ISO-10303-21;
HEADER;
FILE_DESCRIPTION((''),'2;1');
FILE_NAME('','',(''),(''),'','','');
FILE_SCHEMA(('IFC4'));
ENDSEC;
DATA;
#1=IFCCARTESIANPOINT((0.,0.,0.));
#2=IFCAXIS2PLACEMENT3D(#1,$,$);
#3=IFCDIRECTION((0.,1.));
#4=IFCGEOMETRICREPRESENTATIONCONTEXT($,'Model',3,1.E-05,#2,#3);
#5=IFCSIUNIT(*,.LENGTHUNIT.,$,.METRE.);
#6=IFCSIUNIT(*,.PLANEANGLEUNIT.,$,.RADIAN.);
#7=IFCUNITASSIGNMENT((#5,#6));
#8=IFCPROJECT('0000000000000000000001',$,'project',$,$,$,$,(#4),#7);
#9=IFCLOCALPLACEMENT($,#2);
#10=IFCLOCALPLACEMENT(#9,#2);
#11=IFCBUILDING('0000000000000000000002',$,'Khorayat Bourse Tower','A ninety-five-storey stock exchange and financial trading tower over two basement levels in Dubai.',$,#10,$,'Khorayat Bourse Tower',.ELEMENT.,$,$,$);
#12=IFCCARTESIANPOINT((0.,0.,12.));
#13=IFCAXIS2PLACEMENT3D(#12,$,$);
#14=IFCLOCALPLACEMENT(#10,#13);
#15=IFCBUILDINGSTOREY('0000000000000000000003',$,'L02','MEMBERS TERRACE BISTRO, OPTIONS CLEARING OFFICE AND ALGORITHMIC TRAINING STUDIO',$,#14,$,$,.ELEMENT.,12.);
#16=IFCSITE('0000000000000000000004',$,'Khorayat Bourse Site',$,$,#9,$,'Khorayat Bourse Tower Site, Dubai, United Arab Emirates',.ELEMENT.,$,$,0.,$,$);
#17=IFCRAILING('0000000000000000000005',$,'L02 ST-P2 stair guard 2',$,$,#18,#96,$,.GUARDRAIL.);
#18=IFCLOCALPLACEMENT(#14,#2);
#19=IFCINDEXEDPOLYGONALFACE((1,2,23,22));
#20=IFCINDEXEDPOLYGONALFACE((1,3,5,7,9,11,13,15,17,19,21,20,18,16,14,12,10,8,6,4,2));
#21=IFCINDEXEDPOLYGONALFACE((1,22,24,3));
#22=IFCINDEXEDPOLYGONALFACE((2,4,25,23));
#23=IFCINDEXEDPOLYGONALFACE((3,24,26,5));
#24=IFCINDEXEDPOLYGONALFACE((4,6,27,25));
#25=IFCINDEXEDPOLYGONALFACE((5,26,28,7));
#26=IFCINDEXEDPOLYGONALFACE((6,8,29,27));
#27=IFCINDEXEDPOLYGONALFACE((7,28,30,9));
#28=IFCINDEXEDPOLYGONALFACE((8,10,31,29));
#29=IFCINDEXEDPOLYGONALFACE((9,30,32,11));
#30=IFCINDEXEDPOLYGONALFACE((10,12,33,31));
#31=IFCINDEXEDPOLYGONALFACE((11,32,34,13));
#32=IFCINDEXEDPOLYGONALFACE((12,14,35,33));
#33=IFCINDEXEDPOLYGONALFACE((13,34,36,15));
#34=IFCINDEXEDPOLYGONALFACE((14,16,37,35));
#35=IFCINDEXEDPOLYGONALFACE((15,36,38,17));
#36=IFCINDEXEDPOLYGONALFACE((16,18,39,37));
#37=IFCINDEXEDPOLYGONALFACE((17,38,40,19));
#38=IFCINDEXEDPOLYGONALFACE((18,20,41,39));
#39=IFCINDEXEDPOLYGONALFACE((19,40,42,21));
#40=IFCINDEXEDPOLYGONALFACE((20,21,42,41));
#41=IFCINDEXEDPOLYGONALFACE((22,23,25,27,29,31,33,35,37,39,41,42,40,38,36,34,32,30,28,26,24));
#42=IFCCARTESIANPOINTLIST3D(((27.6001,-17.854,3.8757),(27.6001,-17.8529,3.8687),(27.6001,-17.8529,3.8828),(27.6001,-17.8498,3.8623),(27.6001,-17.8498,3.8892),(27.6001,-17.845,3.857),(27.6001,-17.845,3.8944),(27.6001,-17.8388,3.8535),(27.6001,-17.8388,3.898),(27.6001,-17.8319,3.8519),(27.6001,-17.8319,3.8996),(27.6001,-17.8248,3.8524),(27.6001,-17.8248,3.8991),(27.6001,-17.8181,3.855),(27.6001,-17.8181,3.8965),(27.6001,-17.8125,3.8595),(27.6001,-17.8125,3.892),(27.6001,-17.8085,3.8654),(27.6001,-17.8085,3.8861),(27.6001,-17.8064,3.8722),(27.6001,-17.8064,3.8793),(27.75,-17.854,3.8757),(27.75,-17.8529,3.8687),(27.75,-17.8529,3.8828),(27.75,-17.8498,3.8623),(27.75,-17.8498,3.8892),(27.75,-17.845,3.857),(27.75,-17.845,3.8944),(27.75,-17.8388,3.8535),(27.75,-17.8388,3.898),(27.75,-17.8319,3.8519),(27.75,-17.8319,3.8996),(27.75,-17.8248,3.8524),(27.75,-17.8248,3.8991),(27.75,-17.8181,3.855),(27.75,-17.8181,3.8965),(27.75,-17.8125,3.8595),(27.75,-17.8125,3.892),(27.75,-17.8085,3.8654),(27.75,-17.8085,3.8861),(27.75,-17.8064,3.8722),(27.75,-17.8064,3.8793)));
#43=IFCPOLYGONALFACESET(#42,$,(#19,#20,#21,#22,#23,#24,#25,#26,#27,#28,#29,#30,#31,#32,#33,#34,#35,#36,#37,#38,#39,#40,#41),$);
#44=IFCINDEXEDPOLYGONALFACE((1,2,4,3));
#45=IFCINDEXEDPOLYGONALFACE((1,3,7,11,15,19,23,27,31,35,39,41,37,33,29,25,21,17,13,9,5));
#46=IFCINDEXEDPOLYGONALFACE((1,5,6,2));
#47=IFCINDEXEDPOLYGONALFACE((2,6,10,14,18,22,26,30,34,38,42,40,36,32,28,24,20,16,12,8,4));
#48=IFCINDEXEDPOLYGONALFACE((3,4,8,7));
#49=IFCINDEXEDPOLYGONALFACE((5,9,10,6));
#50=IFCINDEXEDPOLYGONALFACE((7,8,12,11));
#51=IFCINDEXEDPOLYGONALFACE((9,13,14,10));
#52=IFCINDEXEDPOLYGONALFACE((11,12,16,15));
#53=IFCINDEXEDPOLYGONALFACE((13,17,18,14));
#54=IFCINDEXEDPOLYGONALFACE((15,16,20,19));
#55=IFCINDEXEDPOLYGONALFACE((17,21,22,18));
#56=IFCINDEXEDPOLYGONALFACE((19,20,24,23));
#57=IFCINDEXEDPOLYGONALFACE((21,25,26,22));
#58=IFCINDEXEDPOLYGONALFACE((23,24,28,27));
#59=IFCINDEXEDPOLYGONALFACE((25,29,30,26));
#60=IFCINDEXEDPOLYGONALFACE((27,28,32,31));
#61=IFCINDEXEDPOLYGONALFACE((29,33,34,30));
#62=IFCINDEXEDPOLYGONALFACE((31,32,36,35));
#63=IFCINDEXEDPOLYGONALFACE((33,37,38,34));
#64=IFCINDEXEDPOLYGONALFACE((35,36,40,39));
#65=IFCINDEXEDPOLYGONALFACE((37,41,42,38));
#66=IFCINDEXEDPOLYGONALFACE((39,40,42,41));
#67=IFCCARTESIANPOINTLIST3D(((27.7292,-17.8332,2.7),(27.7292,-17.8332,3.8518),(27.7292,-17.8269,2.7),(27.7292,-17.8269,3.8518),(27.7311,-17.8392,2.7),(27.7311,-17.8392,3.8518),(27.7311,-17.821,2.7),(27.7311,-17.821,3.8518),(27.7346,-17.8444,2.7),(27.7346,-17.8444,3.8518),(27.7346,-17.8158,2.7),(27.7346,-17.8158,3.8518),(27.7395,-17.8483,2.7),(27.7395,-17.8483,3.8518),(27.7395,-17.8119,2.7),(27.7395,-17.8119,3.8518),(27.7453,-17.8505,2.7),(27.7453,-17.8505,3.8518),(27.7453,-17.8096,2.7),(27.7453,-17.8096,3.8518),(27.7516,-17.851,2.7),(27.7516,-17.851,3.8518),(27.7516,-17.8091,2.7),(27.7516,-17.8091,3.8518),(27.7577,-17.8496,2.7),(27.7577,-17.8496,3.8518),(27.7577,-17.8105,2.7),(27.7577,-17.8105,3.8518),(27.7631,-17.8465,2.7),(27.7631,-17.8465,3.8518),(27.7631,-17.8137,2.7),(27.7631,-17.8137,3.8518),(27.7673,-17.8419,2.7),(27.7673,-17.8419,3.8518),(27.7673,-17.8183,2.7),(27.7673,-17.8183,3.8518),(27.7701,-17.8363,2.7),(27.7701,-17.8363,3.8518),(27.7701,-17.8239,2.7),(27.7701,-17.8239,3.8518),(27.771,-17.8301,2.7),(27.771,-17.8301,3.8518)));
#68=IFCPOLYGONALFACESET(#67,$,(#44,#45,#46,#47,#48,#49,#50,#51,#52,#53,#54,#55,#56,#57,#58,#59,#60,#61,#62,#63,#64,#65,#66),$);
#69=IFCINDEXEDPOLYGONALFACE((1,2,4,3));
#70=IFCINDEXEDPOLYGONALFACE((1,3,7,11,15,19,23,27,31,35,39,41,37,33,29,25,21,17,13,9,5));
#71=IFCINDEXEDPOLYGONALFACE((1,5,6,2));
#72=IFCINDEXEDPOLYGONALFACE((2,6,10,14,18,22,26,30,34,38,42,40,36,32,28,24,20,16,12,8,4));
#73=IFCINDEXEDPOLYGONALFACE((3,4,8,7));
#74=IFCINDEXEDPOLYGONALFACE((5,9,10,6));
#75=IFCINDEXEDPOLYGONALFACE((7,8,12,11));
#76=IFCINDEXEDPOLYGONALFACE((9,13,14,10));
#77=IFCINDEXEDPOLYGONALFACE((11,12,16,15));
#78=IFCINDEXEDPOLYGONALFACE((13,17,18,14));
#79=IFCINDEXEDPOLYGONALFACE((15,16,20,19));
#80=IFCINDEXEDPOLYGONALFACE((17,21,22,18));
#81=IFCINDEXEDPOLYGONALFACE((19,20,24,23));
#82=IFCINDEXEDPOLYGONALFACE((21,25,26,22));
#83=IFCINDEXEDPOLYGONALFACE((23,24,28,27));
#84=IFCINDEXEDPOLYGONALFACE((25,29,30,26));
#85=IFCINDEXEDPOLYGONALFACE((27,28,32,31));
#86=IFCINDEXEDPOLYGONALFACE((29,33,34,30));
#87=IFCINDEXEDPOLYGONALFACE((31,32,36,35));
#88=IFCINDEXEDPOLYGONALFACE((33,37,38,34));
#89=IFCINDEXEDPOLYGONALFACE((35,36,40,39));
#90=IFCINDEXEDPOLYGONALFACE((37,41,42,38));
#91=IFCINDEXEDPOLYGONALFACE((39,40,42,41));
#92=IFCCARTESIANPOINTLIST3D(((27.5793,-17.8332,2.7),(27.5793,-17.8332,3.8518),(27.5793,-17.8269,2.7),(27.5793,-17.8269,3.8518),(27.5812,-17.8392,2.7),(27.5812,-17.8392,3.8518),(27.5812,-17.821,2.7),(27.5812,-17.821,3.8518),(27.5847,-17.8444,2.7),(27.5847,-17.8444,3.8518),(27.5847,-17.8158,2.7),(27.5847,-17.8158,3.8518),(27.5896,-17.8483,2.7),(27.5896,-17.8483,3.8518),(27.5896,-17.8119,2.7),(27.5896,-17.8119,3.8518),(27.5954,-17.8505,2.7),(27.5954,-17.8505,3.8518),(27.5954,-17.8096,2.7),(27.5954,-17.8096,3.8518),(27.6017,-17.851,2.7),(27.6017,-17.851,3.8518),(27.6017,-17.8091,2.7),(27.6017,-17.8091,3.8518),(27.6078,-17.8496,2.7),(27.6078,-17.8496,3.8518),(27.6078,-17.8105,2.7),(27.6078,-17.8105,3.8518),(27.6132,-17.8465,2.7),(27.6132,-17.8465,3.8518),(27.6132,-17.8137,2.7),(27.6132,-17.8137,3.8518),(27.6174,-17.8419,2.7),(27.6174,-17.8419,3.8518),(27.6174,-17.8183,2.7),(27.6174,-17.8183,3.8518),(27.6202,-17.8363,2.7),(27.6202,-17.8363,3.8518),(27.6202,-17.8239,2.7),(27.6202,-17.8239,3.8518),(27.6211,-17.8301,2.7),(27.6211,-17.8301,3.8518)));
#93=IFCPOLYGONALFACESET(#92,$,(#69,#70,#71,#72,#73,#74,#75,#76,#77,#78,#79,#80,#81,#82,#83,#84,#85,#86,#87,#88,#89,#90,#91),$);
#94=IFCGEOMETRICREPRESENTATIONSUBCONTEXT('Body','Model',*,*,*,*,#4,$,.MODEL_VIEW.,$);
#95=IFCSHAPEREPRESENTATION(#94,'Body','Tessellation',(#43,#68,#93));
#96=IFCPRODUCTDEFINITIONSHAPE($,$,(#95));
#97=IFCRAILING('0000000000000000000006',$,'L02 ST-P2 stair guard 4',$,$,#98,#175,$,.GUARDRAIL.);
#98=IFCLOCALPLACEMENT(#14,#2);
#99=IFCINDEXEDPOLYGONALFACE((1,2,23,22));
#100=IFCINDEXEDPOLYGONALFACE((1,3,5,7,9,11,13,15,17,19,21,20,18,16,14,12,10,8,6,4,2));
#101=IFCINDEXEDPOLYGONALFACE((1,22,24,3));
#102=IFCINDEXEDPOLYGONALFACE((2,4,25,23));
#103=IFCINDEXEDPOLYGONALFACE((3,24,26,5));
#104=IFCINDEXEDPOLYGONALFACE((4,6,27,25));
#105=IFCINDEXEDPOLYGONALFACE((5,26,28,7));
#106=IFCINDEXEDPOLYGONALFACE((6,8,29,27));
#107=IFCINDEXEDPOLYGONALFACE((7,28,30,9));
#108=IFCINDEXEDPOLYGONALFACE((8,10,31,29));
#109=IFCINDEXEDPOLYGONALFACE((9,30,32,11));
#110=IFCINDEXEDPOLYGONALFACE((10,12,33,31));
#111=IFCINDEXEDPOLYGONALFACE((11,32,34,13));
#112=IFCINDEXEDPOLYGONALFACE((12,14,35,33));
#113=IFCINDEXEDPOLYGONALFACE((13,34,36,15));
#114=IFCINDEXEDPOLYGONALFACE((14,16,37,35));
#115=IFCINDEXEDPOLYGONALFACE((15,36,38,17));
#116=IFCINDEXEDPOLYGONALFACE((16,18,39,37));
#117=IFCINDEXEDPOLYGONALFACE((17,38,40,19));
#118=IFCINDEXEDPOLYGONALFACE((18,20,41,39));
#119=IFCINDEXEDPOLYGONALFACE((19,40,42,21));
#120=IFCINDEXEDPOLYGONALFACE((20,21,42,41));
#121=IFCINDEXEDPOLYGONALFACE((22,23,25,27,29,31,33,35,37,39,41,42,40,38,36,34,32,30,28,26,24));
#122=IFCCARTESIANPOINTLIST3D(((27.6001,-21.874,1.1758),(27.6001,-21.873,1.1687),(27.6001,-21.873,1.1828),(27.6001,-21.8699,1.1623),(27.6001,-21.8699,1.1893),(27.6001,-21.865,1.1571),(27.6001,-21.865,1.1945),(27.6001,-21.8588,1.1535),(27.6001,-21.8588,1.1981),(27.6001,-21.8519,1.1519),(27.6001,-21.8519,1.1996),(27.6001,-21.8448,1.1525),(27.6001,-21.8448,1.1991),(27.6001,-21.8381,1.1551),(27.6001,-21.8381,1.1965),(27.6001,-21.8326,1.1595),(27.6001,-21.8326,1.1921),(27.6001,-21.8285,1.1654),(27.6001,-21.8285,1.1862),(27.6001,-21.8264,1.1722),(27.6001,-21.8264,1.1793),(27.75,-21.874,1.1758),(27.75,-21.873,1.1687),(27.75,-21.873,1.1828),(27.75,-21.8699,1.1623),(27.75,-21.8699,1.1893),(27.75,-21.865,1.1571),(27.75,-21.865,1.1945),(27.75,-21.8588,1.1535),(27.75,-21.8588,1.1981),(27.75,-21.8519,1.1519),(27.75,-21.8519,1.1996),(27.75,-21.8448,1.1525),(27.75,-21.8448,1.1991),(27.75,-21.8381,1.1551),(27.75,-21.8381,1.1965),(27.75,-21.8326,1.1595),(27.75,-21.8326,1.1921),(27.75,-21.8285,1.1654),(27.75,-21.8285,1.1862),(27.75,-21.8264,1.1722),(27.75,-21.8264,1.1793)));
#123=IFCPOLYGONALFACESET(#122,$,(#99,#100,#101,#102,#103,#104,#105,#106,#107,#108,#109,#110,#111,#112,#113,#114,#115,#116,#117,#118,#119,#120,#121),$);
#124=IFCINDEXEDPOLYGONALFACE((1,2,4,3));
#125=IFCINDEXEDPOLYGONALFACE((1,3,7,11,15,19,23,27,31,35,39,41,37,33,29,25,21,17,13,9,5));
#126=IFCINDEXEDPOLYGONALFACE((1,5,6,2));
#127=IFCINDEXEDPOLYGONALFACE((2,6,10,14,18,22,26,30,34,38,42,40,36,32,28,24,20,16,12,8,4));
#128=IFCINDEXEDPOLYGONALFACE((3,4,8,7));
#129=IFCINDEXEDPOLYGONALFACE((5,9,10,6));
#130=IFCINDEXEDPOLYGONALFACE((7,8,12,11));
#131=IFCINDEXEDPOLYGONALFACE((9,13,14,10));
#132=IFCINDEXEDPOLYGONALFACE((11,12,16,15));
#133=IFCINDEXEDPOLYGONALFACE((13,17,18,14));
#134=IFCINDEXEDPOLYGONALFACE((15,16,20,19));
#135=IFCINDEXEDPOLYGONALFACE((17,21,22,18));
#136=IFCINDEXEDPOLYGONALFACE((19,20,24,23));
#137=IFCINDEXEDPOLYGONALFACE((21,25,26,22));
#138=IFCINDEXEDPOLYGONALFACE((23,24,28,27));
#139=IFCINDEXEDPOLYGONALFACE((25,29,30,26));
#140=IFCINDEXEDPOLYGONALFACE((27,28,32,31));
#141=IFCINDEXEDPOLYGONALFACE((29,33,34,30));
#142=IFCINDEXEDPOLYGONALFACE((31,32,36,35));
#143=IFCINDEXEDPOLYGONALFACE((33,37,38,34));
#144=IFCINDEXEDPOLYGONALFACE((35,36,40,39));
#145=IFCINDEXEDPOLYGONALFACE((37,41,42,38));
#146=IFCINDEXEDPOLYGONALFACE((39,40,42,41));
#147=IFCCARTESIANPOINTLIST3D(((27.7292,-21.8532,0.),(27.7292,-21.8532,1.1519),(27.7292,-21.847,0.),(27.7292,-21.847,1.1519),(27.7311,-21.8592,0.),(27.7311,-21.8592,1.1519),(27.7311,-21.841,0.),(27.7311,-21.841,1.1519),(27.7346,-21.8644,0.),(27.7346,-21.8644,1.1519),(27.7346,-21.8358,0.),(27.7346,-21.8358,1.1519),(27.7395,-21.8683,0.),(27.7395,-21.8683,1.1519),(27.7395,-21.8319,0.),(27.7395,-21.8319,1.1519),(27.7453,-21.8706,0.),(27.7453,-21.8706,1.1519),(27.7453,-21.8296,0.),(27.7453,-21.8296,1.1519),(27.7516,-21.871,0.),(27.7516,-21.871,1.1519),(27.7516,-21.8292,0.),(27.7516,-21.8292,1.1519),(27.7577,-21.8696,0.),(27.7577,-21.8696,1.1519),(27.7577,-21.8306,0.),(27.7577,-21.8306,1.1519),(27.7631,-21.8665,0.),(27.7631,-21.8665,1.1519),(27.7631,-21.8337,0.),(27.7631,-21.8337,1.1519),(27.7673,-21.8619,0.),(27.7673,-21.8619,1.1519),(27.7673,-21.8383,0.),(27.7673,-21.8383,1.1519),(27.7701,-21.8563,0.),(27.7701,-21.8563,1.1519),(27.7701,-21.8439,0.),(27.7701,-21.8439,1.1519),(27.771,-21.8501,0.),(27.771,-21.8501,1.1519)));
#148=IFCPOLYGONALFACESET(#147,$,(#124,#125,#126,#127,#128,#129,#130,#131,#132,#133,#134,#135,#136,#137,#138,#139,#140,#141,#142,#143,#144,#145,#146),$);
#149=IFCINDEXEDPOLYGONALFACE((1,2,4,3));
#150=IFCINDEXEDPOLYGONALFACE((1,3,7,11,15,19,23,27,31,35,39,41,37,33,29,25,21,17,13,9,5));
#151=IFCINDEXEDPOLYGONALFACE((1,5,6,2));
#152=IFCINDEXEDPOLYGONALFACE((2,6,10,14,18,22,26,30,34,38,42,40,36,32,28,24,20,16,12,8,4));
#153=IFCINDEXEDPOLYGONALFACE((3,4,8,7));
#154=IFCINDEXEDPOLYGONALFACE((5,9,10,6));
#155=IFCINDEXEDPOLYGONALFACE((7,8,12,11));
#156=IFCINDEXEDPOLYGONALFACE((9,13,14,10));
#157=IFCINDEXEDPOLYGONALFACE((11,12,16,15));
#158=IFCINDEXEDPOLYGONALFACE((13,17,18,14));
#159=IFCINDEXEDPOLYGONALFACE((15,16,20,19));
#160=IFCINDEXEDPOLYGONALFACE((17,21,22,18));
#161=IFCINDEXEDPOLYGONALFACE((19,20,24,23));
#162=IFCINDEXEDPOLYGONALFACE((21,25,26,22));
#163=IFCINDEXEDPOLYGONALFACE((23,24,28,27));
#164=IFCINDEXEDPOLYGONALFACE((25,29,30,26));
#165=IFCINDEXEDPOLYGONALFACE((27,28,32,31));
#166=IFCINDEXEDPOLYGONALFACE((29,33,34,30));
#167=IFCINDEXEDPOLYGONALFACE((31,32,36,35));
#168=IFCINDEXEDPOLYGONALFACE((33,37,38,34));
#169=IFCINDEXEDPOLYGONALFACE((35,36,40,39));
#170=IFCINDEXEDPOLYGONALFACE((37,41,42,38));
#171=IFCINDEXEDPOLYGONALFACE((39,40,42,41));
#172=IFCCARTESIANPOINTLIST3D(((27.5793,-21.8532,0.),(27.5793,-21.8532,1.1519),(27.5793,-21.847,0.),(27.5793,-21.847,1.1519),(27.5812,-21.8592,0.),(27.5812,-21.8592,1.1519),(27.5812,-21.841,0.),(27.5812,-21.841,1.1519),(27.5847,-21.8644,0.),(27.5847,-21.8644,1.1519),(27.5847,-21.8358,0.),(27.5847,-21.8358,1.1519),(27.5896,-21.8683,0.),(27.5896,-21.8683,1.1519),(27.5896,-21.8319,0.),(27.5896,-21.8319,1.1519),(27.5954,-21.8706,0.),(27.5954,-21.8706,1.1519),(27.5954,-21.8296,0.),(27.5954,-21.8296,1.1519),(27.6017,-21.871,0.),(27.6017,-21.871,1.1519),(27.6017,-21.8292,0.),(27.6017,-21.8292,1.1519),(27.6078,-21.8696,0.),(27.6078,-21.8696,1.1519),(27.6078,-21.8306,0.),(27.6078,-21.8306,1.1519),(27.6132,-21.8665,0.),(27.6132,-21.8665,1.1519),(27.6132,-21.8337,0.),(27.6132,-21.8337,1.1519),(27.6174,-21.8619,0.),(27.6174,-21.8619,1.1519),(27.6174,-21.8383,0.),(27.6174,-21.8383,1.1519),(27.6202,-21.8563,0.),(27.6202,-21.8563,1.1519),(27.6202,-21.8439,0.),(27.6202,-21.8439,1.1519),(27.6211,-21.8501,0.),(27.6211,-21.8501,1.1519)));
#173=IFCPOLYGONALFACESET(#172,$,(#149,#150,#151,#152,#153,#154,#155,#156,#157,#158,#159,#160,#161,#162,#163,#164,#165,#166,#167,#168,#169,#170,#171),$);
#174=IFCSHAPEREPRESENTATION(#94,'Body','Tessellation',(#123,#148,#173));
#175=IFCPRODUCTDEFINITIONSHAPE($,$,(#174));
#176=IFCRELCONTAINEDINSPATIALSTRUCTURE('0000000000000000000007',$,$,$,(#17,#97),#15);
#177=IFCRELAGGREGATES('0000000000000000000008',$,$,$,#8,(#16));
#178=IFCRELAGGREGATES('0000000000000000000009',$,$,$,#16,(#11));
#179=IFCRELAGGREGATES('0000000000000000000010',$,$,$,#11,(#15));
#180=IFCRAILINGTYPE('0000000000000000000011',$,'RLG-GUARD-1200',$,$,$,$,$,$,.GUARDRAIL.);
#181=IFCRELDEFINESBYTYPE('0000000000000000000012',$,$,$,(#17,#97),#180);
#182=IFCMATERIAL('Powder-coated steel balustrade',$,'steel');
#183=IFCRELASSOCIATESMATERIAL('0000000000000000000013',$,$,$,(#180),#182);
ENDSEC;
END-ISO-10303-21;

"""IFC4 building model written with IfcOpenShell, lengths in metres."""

from ifc_helpers import new_model, si_unit, direction, frame, origin, origin_2d, place, context, subcontext, project, spatial, circle, extrude, source, transform, mapped, material, type_object, element, save


model = new_model("IFC4")

# Units and contexts
model_context = context("Model", 3, precision=1e-05, world=origin(), true_north=direction((0.0, 1.0)))
body_context = subcontext(model_context, "Body", "Model", "MODEL_VIEW")
ifc_project = project(units=[si_unit("LENGTHUNIT", "METRE"), si_unit("PLANEANGLEUNIT", "RADIAN")], contexts=[model_context])

# Site, building, storey
site_placement = place(None, origin())
site = spatial("IfcSite", under=ifc_project, at=site_placement, Name="Khorayat Bourse Site", LongName="Khorayat Bourse Tower Site, Dubai, United Arab Emirates", CompositionType="ELEMENT", RefElevation=0.0)
building_placement = place(site_placement, origin())
building = spatial("IfcBuilding", under=site, at=building_placement, Name="Khorayat Bourse Tower", Description="A ninety-five-storey stock exchange and financial trading tower over two basement levels in Dubai.", LongName="Khorayat Bourse Tower", CompositionType="ELEMENT")
storey_placement = place(building_placement, frame((0.0, 0.0, 12.0)))
storey = spatial("IfcBuildingStorey", under=building, at=storey_placement, Name="L02", Description="MEMBERS TERRACE BISTRO, OPTIONS CLEARING OFFICE AND ALGORITHMIC TRAINING STUDIO", CompositionType="ELEMENT", Elevation=12.0)

# Railings
ifc_material_1 = material(Name="Powder-coated steel balustrade", Category="steel")
railing_type_1 = type_object("IfcRailingType", Name="RLG-GUARD-1200", PredefinedType="GUARDRAIL", material=ifc_material_1)
shared_shape_1 = source(origin(), body_context, "Body", "SweptSolid", [
    extrude(circle(Radius=0.0239, at=origin_2d()), frame((0.0, 0.0, 1.1758), z_axis=(-1.0, 0.0, 0.0), x_axis=(0.0, -1.0, 0.0)), (0.0, 0.0, 1.0), 0.1499),
    extrude(circle(Radius=0.021, at=origin_2d()), origin(), (0.0, 0.0, 1.0), 1.1519),
    extrude(circle(Radius=0.021, at=origin_2d()), frame((-0.1499, 0.0, 0.0)), (0.0, 0.0, 1.0), 1.1519),
])
for number, where, name in (
    (1, (27.75, -17.8301, 2.7), "L02 ST-P2 stair guard 2"),
    (2, (27.75, -21.8501, 0.0), "L02 ST-P2 stair guard 4"),
):
    element("IfcRailing", number, at=place(storey_placement, frame(where)), inside=storey, type_object=railing_type_1, Name=name, PredefinedType="GUARDRAIL", context=body_context, shape_type="MappedRepresentation", body=[
        mapped(shared_shape_1, transform((0.0, 0.0, 0.0), scale=1.0)),
    ])

save(model, "model.ifc")
